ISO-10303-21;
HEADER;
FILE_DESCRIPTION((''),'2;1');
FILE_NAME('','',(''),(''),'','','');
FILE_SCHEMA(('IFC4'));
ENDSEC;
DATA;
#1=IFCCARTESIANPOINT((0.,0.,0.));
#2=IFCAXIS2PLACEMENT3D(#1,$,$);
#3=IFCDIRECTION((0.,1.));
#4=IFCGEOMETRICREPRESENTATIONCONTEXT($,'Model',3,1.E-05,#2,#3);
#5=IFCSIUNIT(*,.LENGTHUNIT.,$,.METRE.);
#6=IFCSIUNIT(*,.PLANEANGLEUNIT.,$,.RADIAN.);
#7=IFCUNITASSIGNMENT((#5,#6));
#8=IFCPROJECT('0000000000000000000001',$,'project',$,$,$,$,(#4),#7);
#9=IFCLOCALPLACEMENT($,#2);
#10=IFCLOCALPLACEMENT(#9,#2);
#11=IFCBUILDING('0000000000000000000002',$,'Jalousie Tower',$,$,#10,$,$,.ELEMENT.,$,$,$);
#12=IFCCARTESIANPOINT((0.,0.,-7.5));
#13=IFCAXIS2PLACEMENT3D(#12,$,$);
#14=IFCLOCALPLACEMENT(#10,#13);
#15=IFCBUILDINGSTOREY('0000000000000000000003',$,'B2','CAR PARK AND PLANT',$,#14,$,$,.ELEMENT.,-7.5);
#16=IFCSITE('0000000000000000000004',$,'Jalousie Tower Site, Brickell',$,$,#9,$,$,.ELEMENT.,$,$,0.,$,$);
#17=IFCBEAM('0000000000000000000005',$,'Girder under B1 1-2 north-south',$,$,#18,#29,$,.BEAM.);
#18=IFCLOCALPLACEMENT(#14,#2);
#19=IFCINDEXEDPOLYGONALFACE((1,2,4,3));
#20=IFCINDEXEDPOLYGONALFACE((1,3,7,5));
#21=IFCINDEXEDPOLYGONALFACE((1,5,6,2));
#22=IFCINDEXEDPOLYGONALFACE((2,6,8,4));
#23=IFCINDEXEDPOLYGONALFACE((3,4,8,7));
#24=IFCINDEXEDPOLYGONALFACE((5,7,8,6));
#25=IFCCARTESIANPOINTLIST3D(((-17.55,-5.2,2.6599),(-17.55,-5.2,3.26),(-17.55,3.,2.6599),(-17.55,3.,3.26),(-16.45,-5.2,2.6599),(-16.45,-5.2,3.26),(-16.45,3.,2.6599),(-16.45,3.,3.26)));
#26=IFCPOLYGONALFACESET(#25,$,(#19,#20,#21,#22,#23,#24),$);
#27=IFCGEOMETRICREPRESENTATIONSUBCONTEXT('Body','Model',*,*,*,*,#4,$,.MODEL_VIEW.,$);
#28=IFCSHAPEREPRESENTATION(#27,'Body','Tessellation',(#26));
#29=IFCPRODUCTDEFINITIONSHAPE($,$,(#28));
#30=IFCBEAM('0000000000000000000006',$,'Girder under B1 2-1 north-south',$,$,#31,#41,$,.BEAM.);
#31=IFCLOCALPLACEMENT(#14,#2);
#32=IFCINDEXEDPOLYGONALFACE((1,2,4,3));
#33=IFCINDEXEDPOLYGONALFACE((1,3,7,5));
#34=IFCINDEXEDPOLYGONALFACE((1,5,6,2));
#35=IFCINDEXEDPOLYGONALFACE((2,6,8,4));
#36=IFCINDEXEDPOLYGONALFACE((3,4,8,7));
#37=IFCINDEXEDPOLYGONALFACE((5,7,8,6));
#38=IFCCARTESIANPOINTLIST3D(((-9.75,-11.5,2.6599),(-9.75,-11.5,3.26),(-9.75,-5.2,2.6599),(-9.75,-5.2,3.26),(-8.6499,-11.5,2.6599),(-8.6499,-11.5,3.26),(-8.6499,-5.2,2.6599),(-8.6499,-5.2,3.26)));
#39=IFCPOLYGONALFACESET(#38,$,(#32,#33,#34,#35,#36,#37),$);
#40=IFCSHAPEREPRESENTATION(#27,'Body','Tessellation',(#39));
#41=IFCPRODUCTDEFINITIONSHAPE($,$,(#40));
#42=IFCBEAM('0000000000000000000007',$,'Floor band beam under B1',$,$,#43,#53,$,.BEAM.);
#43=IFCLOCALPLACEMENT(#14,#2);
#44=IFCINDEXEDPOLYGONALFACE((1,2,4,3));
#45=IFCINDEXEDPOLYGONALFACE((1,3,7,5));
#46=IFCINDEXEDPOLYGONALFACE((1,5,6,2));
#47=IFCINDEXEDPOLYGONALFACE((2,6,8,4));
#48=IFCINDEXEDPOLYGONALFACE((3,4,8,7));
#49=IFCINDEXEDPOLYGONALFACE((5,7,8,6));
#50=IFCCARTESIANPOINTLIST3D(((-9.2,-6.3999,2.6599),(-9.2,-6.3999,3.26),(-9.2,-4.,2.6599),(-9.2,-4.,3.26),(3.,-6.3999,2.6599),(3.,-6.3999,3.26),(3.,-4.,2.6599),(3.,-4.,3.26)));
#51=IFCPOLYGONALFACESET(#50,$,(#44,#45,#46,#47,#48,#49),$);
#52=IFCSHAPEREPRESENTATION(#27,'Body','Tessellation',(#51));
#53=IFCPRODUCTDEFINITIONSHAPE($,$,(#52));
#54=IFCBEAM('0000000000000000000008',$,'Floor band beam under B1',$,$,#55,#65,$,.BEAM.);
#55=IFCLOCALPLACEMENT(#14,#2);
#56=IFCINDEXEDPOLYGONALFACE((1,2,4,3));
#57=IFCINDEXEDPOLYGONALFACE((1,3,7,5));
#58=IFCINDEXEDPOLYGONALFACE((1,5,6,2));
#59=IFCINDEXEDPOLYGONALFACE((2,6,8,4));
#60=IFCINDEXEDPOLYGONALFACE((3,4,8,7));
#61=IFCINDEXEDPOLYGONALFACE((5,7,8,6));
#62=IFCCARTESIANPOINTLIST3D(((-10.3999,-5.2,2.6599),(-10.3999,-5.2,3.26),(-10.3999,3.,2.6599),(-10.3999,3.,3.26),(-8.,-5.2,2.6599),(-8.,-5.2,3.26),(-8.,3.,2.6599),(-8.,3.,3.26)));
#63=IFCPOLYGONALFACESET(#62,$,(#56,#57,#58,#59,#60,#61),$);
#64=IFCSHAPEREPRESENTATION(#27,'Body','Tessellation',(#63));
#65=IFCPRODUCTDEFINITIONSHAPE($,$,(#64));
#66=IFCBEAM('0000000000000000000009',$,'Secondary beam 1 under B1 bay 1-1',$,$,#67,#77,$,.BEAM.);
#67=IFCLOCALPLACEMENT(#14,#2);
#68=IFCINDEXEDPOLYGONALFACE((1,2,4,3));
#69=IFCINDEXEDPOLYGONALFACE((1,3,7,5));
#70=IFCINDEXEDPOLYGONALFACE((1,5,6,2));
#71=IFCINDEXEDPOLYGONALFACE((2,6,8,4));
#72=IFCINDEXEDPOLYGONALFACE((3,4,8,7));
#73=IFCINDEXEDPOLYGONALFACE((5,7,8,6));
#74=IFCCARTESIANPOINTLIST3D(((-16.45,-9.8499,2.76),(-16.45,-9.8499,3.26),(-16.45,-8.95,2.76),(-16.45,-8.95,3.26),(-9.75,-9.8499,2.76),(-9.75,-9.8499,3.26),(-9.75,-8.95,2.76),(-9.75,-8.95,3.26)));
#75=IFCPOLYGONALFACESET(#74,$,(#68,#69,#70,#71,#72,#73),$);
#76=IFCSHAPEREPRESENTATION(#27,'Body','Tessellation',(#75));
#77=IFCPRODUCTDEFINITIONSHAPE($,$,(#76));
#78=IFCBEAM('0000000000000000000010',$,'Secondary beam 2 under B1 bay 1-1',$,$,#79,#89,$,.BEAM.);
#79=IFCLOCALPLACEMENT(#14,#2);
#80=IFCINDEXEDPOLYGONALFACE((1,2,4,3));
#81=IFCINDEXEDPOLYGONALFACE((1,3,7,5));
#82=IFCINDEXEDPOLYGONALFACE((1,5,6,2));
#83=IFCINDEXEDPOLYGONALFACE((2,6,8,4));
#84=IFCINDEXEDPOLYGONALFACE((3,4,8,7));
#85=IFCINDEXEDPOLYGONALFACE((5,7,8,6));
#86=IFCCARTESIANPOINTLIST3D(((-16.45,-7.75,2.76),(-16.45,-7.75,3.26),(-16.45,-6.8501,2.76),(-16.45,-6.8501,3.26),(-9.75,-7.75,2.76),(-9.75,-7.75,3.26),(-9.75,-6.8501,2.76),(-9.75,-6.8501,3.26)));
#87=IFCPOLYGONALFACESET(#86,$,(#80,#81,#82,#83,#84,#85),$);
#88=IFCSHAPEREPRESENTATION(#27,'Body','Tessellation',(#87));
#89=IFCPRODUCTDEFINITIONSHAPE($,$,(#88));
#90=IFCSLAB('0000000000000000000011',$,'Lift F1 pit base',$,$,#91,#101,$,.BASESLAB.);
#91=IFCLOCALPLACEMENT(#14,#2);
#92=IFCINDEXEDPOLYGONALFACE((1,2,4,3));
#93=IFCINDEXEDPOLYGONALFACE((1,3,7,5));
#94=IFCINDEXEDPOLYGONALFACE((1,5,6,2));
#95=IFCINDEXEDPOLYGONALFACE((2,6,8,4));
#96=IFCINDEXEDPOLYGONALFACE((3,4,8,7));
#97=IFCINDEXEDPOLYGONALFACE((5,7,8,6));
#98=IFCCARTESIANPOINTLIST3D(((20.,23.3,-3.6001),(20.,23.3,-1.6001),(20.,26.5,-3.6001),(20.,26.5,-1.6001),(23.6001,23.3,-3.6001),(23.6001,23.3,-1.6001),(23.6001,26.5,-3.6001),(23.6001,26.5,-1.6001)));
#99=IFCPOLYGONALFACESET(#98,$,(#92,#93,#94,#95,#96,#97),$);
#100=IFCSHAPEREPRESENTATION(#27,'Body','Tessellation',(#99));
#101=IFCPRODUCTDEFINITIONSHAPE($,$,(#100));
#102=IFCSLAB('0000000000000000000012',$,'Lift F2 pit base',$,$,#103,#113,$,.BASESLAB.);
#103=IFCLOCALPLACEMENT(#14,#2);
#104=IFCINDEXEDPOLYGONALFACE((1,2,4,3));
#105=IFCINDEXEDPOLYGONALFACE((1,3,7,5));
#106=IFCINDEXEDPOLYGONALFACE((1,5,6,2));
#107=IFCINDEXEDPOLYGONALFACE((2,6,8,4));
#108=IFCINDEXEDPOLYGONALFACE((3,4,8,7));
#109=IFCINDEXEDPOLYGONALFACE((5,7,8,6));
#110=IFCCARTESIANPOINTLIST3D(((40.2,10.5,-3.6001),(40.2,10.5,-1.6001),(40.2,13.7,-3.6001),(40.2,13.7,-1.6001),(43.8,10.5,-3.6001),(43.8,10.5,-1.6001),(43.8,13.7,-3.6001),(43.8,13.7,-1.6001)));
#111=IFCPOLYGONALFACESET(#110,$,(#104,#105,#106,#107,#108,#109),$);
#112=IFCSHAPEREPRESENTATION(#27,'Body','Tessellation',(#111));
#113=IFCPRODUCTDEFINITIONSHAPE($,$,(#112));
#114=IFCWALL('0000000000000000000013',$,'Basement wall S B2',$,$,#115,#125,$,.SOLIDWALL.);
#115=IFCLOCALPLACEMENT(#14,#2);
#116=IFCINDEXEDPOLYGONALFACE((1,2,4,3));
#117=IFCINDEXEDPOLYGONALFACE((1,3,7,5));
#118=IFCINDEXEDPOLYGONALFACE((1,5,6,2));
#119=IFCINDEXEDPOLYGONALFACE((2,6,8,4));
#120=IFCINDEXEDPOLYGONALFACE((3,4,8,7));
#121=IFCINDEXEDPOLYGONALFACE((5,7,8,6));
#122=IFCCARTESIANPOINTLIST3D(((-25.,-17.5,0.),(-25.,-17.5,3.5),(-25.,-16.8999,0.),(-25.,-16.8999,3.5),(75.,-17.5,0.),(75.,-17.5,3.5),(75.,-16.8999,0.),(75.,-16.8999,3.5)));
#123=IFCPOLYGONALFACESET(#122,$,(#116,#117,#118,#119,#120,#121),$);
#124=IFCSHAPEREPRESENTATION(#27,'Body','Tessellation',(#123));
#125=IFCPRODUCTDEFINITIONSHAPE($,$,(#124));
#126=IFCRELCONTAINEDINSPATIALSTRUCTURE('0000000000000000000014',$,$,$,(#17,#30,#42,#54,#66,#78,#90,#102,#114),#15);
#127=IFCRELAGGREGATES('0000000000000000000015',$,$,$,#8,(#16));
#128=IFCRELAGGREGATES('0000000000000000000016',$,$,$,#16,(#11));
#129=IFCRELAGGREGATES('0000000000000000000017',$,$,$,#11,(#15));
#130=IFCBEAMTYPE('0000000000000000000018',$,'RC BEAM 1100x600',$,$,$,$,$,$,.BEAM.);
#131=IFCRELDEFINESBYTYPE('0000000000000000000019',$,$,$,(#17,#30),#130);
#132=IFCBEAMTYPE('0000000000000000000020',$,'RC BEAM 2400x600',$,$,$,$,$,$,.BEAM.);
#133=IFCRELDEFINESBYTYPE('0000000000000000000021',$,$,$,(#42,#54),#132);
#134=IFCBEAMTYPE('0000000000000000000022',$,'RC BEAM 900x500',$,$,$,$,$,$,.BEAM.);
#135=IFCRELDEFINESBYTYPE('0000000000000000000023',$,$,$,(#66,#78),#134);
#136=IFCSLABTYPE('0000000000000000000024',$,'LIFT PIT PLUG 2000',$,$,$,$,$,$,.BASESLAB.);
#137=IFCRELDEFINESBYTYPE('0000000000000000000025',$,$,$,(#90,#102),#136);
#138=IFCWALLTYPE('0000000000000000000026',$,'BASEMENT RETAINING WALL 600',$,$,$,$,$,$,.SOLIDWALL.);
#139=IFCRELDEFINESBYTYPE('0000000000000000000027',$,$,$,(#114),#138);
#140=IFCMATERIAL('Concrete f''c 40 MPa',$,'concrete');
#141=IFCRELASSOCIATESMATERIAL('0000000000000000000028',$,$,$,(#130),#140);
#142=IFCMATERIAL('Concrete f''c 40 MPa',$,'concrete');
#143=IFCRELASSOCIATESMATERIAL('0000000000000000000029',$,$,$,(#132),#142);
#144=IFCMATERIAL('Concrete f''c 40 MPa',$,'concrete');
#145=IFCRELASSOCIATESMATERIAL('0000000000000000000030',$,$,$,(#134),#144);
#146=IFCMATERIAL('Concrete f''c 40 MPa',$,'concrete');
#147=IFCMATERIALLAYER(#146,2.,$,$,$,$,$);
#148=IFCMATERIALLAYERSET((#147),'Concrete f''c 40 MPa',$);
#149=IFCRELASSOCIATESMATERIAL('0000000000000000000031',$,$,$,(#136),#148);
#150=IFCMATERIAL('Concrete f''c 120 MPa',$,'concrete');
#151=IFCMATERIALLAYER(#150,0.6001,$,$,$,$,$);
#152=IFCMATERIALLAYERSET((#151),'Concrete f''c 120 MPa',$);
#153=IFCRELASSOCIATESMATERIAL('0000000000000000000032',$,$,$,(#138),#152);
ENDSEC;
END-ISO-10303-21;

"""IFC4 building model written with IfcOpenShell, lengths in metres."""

from ifc_helpers import new_model, si_unit, direction, frame, frame_2d, origin, origin_2d, place, context, subcontext, project, spatial, polyline, rectangle, outline, extrude, material, layer, layer_set, material_profile, profile_set, type_object, element, save


model = new_model("IFC4")

# Units and contexts
model_context = context("Model", 3, precision=1e-05, world=origin(), true_north=direction((0.0, 1.0)))
body_context = subcontext(model_context, "Body", "Model", "MODEL_VIEW")
ifc_project = project(units=[si_unit("LENGTHUNIT", "METRE"), si_unit("PLANEANGLEUNIT", "RADIAN")], contexts=[model_context])

# Site, building, storey
site_placement = place(None, origin())
site = spatial("IfcSite", under=ifc_project, at=site_placement, Name="Jalousie Tower Site, Brickell", CompositionType="ELEMENT", RefElevation=0.0)
building_placement = place(site_placement, origin())
building = spatial("IfcBuilding", under=site, at=building_placement, Name="Jalousie Tower", CompositionType="ELEMENT")
storey_placement = place(building_placement, frame((0.0, 0.0, -7.5)))
storey = spatial("IfcBuildingStorey", under=building, at=storey_placement, Name="B2", Description="CAR PARK AND PLANT", CompositionType="ELEMENT", Elevation=-7.5)

# Beams
ifc_material_1 = material(Name="Concrete f'c 40 MPa", Category="concrete")
ifc_material_profile_1 = material_profile(ifc_material_1, rectangle(XDim=1.1001, YDim=0.6001, at=origin_2d()), Name="RC 1100x600")
ifc_profile_set_1 = profile_set([ifc_material_profile_1], Name="Concrete f'c 40 MPa")
beam_type_1 = type_object("IfcBeamType", Name="RC BEAM 1100x600", PredefinedType="BEAM", material=ifc_profile_set_1)
beam_1_placement = place(storey_placement, frame((-17.0, -5.2, 2.96), z_axis=(0.0, 1.0, 0.0), x_axis=(-1.0, 0.0, 0.0)))
element("IfcBeam", 1, at=beam_1_placement, inside=storey, type_object=beam_type_1, Name="Girder under B1 1-2 north-south", PredefinedType="BEAM", context=body_context, shape_type="SweptSolid", body=[
    extrude(rectangle(XDim=1.1001, YDim=0.6001, at=origin_2d()), origin(), (0.0, 0.0, 1.0), 8.2),
])
beam_2_placement = place(storey_placement, frame((-9.2, -11.5, 2.96), z_axis=(0.0, 1.0, 0.0), x_axis=(-1.0, 0.0, 0.0)))
element("IfcBeam", 2, at=beam_2_placement, inside=storey, type_object=beam_type_1, Name="Girder under B1 2-1 north-south", PredefinedType="BEAM", context=body_context, shape_type="SweptSolid", body=[
    extrude(rectangle(XDim=1.1001, YDim=0.6001, at=origin_2d()), origin(), (0.0, 0.0, 1.0), 6.3),
])
ifc_material_2 = material(Name="Concrete f'c 40 MPa", Category="concrete")
ifc_material_profile_2 = material_profile(ifc_material_2, rectangle(XDim=2.3999, YDim=0.6001, at=origin_2d()), Name="RC 2400x600")
ifc_profile_set_2 = profile_set([ifc_material_profile_2], Name="Concrete f'c 40 MPa")
beam_type_2 = type_object("IfcBeamType", Name="RC BEAM 2400x600", PredefinedType="BEAM", material=ifc_profile_set_2)
beam_3_placement = place(storey_placement, frame((-9.2, -5.2, 2.96), z_axis=(1.0, 0.0, 0.0), x_axis=(0.0, 1.0, 0.0)))
element("IfcBeam", 3, at=beam_3_placement, inside=storey, type_object=beam_type_2, Name="Floor band beam under B1", PredefinedType="BEAM", context=body_context, shape_type="SweptSolid", body=[
    extrude(rectangle(XDim=2.3999, YDim=0.6001, at=origin_2d()), origin(), (0.0, 0.0, 1.0), 12.2),
])
beam_4_placement = place(storey_placement, frame((-9.2, -5.2, 2.96), z_axis=(0.0, 1.0, 0.0), x_axis=(-1.0, 0.0, 0.0)))
element("IfcBeam", 4, at=beam_4_placement, inside=storey, type_object=beam_type_2, Name="Floor band beam under B1", PredefinedType="BEAM", context=body_context, shape_type="SweptSolid", body=[
    extrude(rectangle(XDim=2.3999, YDim=0.6001, at=origin_2d()), origin(), (0.0, 0.0, 1.0), 8.2),
])
ifc_material_3 = material(Name="Concrete f'c 40 MPa", Category="concrete")
ifc_material_profile_3 = material_profile(ifc_material_3, rectangle(XDim=0.8999, YDim=0.5, at=origin_2d()), Name="RC 900x500")
ifc_profile_set_3 = profile_set([ifc_material_profile_3], Name="Concrete f'c 40 MPa")
beam_type_3 = type_object("IfcBeamType", Name="RC BEAM 900x500", PredefinedType="BEAM", material=ifc_profile_set_3)
for number, where, z_axis, x_axis, name in (
    (5, (-16.45, -9.3999, 3.01), (1.0, 0.0, 0.0), (0.0, 1.0, 0.0), "Secondary beam 1 under B1 bay 1-1"),
    (6, (-16.45, -7.3, 3.01), (1.0, 0.0, 0.0), (0.0, 1.0, 0.0), "Secondary beam 2 under B1 bay 1-1"),
):
    element("IfcBeam", number, at=place(storey_placement, frame(where, z_axis=z_axis, x_axis=x_axis)), inside=storey, type_object=beam_type_3, Name=name, PredefinedType="BEAM", context=body_context, shape_type="SweptSolid", body=[
        extrude(rectangle(XDim=0.8999, YDim=0.5, at=origin_2d()), origin(), (0.0, 0.0, 1.0), 6.7),
    ])

# Slabs
ifc_material_4 = material(Name="Concrete f'c 40 MPa", Category="concrete")
ifc_layer_1 = layer(ifc_material_4, 2.0)
ifc_layer_set_1 = layer_set([ifc_layer_1], Name="Concrete f'c 40 MPa")
slab_type = type_object("IfcSlabType", Name="LIFT PIT PLUG 2000", PredefinedType="BASESLAB", material=ifc_layer_set_1)
slab_1_placement = place(storey_placement, frame((0.0, 0.0, -3.6001)))
element("IfcSlab", 7, at=slab_1_placement, inside=storey, type_object=slab_type, Name="Lift F1 pit base", PredefinedType="BASESLAB", context=body_context, shape_type="SweptSolid", body=[
    extrude(outline(polyline([(20.0, 23.3), (23.6001, 23.3), (23.6001, 26.5), (20.0, 26.5), (20.0, 23.3)])), origin(), (0.0, 0.0, 1.0), 2.0),
])
slab_2_placement = place(storey_placement, frame((0.0, 0.0, -3.6001)))
element("IfcSlab", 8, at=slab_2_placement, inside=storey, type_object=slab_type, Name="Lift F2 pit base", PredefinedType="BASESLAB", context=body_context, shape_type="SweptSolid", body=[
    extrude(outline(polyline([(40.2, 10.5), (43.8, 10.5), (43.8, 13.7), (40.2, 13.7), (40.2, 10.5)])), origin(), (0.0, 0.0, 1.0), 2.0),
])

# Wall
ifc_material_5 = material(Name="Concrete f'c 120 MPa", Category="concrete")
ifc_layer_2 = layer(ifc_material_5, 0.6001)
ifc_layer_set_2 = layer_set([ifc_layer_2], Name="Concrete f'c 120 MPa")
wall_type = type_object("IfcWallType", Name="BASEMENT RETAINING WALL 600", PredefinedType="SOLIDWALL", material=ifc_layer_set_2)
wall_placement = place(storey_placement, frame((-25.0, -17.2, 0.0), z_axis=(0.0, 0.0, 1.0), x_axis=(1.0, 0.0, 0.0)))
element("IfcWall", 9, at=wall_placement, inside=storey, type_object=wall_type, Name="Basement wall S B2", PredefinedType="SOLIDWALL", context=body_context, shape_type="SweptSolid", body=[
    extrude(rectangle(XDim=100.0, YDim=0.6001, at=frame_2d((50.0, 0.0))), origin(), (0.0, 0.0, 1.0), 3.5),
])

save(model, "model.ifc")
